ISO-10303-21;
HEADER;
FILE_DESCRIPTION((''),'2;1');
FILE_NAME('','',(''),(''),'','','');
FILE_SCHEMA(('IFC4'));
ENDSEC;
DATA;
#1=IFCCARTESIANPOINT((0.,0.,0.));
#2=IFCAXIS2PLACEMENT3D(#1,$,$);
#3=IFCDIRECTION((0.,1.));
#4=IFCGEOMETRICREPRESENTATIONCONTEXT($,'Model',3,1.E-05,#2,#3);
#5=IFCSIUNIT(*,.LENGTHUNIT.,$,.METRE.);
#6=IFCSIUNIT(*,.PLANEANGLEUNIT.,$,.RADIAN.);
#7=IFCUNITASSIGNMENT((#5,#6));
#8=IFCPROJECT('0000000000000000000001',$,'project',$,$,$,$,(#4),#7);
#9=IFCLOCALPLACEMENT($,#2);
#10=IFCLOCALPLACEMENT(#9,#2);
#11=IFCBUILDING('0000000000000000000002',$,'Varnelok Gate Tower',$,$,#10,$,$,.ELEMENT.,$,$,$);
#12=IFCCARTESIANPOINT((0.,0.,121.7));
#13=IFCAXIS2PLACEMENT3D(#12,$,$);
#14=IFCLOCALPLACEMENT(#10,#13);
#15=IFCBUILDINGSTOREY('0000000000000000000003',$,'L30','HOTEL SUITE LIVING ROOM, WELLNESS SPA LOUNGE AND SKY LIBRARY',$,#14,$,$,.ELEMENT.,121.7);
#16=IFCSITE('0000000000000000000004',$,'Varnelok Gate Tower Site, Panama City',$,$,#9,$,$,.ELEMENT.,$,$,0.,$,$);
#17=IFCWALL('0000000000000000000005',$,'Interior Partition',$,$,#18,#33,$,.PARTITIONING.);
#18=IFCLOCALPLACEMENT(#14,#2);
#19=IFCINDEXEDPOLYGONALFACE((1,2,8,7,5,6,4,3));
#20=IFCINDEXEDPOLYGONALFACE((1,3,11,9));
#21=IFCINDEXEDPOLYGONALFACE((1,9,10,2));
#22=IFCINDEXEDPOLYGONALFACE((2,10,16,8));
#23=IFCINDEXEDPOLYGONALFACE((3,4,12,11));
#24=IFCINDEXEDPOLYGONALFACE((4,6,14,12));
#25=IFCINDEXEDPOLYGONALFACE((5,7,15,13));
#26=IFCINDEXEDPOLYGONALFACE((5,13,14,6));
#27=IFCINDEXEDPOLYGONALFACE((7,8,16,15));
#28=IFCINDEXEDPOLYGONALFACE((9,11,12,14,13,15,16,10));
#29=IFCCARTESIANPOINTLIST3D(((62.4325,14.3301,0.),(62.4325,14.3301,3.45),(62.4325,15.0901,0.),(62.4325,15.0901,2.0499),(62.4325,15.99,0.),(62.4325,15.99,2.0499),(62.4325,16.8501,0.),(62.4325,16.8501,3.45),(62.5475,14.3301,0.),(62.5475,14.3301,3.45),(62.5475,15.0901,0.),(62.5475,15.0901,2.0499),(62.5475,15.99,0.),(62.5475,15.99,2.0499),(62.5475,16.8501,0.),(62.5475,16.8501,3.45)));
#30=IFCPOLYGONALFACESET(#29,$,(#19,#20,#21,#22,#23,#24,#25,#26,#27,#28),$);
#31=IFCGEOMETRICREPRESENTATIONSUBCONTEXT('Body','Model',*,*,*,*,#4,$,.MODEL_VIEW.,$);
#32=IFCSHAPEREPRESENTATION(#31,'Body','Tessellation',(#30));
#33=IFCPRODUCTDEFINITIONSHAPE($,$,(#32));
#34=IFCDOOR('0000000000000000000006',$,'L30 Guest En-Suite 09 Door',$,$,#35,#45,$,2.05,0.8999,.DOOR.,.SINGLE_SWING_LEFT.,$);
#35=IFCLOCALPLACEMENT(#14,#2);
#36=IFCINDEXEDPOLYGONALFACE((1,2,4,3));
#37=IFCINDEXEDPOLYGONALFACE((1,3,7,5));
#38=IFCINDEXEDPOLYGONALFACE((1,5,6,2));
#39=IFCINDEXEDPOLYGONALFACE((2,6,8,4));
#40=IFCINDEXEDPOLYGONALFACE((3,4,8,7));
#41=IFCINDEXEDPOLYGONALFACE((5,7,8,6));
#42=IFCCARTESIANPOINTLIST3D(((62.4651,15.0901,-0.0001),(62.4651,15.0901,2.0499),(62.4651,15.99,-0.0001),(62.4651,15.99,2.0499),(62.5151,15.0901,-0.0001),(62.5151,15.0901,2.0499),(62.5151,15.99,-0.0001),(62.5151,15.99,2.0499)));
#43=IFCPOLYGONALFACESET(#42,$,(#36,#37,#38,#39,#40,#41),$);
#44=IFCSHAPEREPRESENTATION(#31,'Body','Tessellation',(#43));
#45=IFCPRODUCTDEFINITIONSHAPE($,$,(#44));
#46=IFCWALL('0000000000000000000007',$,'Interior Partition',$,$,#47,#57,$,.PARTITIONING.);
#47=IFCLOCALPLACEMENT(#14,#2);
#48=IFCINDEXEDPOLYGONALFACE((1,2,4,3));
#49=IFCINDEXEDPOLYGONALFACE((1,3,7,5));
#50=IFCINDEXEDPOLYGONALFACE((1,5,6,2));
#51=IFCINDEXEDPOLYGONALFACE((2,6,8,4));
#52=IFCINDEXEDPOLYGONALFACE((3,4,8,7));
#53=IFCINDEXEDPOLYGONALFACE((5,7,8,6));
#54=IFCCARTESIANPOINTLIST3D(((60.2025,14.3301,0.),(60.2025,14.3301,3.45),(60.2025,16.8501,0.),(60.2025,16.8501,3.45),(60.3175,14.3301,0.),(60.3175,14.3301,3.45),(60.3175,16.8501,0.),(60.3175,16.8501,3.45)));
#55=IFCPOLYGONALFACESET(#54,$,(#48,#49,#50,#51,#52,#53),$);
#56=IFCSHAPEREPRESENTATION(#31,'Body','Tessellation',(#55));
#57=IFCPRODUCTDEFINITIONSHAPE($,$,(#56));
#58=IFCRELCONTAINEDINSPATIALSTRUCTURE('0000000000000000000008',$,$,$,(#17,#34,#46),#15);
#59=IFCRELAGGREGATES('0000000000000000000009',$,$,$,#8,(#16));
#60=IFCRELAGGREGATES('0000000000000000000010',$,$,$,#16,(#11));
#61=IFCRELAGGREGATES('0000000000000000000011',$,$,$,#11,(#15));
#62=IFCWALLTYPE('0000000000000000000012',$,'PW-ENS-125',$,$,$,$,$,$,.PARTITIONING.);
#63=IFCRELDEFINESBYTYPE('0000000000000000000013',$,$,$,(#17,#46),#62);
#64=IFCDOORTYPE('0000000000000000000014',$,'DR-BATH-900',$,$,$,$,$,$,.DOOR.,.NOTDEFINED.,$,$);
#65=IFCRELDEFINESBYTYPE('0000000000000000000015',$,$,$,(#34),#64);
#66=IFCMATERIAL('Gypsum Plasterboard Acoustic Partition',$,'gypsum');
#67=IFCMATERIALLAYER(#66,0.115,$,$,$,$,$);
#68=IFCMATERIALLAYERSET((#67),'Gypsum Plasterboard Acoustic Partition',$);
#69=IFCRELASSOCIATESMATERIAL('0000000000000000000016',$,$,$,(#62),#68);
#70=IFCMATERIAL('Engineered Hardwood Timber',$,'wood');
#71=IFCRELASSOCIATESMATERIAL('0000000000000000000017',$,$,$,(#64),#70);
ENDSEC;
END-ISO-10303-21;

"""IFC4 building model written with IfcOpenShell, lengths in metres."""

from ifc_helpers import new_model, si_unit, direction, frame, frame_2d, origin, place, context, subcontext, project, spatial, rectangle, extrude, material, layer, layer_set, type_object, element, fill, save


model = new_model("IFC4")

# Units and contexts
model_context = context("Model", 3, precision=1e-05, world=origin(), true_north=direction((0.0, 1.0)))
body_context = subcontext(model_context, "Body", "Model", "MODEL_VIEW")
ifc_project = project(units=[si_unit("LENGTHUNIT", "METRE"), si_unit("PLANEANGLEUNIT", "RADIAN")], contexts=[model_context])

# Site, building, storey
site_placement = place(None, origin())
site = spatial("IfcSite", under=ifc_project, at=site_placement, Name="Varnelok Gate Tower Site, Panama City", CompositionType="ELEMENT", RefElevation=0.0)
building_placement = place(site_placement, origin())
building = spatial("IfcBuilding", under=site, at=building_placement, Name="Varnelok Gate Tower", CompositionType="ELEMENT")
storey_placement = place(building_placement, frame((0.0, 0.0, 121.7)))
storey = spatial("IfcBuildingStorey", under=building, at=storey_placement, Name="L30", Description="HOTEL SUITE LIVING ROOM, WELLNESS SPA LOUNGE AND SKY LIBRARY", CompositionType="ELEMENT", Elevation=121.7)

# Shared definitions
ifc_material_1 = material(Name="Gypsum Plasterboard Acoustic Partition", Category="gypsum")
ifc_material_2 = material(Name="Engineered Hardwood Timber", Category="wood")

# Shared definitions
ifc_layer_1 = layer(ifc_material_1, 0.115)
ifc_layer_set_1 = layer_set([ifc_layer_1], Name="Gypsum Plasterboard Acoustic Partition")
wall_type_1 = type_object("IfcWallType", Name="PW-ENS-125", PredefinedType="PARTITIONING", material=ifc_layer_set_1)

# Wall, opening, door
wall_1_placement = place(storey_placement, frame((62.49, 14.3301, 0.0), z_axis=(0.0, 0.0, 1.0), x_axis=(0.0, 1.0, 0.0)))
wall_1 = element("IfcWall", 1, at=wall_1_placement, inside=storey, type_object=wall_type_1, Name="Interior Partition", PredefinedType="PARTITIONING", context=body_context, shape_type="SweptSolid", body=[
    extrude(rectangle(XDim=2.52, YDim=0.115, at=frame_2d((1.26, 0.0))), origin(), (0.0, 0.0, 1.0), 3.45),
])
opening_1_placement = place(wall_1_placement, frame((0.76, 0.0, 0.0)))
opening_1 = element("IfcOpeningElement", 2, at=opening_1_placement, cuts=wall_1, PredefinedType="OPENING", context=body_context, shape_type="SweptSolid", body=[
    extrude(rectangle(XDim=0.8999, YDim=2.05, at=frame_2d((0.45, 1.0249))), frame((0.0, 0.0674, 0.0), z_axis=(0.0, -1.0, 0.0), x_axis=(1.0, 0.0, 0.0)), (0.0, 0.0, 1.0), 0.135),
])
door_type_1 = type_object("IfcDoorType", Name="DR-BATH-900", OperationType="NOTDEFINED", PredefinedType="DOOR", material=ifc_material_2)
door_1_placement = place(opening_1_placement, origin())
door_1 = element("IfcDoor", 3, at=door_1_placement, inside=storey, type_object=door_type_1, Name="L30 Guest En-Suite 09 Door", OperationType="SINGLE_SWING_LEFT", OverallHeight=2.05, OverallWidth=0.8999, PredefinedType="DOOR", context=body_context, shape_type="SweptSolid", body=[
    extrude(rectangle(XDim=0.8999, YDim=2.05, at=frame_2d((0.45, 1.0249))), frame((0.0, 0.0249, 0.0), z_axis=(0.0, -1.0, 0.0), x_axis=(1.0, 0.0, 0.0)), (0.0, 0.0, 1.0), 0.05),
])
fill(opening_1, door_1)

# Wall
wall_2_placement = place(storey_placement, frame((60.26, 14.3301, 0.0), z_axis=(0.0, 0.0, 1.0), x_axis=(0.0, 1.0, 0.0)))
element("IfcWall", 4, at=wall_2_placement, inside=storey, type_object=wall_type_1, Name="Interior Partition", PredefinedType="PARTITIONING", context=body_context, shape_type="SweptSolid", body=[
    extrude(rectangle(XDim=2.52, YDim=0.115, at=frame_2d((1.26, 0.0))), origin(), (0.0, 0.0, 1.0), 3.45),
])

save(model, "model.ifc")
